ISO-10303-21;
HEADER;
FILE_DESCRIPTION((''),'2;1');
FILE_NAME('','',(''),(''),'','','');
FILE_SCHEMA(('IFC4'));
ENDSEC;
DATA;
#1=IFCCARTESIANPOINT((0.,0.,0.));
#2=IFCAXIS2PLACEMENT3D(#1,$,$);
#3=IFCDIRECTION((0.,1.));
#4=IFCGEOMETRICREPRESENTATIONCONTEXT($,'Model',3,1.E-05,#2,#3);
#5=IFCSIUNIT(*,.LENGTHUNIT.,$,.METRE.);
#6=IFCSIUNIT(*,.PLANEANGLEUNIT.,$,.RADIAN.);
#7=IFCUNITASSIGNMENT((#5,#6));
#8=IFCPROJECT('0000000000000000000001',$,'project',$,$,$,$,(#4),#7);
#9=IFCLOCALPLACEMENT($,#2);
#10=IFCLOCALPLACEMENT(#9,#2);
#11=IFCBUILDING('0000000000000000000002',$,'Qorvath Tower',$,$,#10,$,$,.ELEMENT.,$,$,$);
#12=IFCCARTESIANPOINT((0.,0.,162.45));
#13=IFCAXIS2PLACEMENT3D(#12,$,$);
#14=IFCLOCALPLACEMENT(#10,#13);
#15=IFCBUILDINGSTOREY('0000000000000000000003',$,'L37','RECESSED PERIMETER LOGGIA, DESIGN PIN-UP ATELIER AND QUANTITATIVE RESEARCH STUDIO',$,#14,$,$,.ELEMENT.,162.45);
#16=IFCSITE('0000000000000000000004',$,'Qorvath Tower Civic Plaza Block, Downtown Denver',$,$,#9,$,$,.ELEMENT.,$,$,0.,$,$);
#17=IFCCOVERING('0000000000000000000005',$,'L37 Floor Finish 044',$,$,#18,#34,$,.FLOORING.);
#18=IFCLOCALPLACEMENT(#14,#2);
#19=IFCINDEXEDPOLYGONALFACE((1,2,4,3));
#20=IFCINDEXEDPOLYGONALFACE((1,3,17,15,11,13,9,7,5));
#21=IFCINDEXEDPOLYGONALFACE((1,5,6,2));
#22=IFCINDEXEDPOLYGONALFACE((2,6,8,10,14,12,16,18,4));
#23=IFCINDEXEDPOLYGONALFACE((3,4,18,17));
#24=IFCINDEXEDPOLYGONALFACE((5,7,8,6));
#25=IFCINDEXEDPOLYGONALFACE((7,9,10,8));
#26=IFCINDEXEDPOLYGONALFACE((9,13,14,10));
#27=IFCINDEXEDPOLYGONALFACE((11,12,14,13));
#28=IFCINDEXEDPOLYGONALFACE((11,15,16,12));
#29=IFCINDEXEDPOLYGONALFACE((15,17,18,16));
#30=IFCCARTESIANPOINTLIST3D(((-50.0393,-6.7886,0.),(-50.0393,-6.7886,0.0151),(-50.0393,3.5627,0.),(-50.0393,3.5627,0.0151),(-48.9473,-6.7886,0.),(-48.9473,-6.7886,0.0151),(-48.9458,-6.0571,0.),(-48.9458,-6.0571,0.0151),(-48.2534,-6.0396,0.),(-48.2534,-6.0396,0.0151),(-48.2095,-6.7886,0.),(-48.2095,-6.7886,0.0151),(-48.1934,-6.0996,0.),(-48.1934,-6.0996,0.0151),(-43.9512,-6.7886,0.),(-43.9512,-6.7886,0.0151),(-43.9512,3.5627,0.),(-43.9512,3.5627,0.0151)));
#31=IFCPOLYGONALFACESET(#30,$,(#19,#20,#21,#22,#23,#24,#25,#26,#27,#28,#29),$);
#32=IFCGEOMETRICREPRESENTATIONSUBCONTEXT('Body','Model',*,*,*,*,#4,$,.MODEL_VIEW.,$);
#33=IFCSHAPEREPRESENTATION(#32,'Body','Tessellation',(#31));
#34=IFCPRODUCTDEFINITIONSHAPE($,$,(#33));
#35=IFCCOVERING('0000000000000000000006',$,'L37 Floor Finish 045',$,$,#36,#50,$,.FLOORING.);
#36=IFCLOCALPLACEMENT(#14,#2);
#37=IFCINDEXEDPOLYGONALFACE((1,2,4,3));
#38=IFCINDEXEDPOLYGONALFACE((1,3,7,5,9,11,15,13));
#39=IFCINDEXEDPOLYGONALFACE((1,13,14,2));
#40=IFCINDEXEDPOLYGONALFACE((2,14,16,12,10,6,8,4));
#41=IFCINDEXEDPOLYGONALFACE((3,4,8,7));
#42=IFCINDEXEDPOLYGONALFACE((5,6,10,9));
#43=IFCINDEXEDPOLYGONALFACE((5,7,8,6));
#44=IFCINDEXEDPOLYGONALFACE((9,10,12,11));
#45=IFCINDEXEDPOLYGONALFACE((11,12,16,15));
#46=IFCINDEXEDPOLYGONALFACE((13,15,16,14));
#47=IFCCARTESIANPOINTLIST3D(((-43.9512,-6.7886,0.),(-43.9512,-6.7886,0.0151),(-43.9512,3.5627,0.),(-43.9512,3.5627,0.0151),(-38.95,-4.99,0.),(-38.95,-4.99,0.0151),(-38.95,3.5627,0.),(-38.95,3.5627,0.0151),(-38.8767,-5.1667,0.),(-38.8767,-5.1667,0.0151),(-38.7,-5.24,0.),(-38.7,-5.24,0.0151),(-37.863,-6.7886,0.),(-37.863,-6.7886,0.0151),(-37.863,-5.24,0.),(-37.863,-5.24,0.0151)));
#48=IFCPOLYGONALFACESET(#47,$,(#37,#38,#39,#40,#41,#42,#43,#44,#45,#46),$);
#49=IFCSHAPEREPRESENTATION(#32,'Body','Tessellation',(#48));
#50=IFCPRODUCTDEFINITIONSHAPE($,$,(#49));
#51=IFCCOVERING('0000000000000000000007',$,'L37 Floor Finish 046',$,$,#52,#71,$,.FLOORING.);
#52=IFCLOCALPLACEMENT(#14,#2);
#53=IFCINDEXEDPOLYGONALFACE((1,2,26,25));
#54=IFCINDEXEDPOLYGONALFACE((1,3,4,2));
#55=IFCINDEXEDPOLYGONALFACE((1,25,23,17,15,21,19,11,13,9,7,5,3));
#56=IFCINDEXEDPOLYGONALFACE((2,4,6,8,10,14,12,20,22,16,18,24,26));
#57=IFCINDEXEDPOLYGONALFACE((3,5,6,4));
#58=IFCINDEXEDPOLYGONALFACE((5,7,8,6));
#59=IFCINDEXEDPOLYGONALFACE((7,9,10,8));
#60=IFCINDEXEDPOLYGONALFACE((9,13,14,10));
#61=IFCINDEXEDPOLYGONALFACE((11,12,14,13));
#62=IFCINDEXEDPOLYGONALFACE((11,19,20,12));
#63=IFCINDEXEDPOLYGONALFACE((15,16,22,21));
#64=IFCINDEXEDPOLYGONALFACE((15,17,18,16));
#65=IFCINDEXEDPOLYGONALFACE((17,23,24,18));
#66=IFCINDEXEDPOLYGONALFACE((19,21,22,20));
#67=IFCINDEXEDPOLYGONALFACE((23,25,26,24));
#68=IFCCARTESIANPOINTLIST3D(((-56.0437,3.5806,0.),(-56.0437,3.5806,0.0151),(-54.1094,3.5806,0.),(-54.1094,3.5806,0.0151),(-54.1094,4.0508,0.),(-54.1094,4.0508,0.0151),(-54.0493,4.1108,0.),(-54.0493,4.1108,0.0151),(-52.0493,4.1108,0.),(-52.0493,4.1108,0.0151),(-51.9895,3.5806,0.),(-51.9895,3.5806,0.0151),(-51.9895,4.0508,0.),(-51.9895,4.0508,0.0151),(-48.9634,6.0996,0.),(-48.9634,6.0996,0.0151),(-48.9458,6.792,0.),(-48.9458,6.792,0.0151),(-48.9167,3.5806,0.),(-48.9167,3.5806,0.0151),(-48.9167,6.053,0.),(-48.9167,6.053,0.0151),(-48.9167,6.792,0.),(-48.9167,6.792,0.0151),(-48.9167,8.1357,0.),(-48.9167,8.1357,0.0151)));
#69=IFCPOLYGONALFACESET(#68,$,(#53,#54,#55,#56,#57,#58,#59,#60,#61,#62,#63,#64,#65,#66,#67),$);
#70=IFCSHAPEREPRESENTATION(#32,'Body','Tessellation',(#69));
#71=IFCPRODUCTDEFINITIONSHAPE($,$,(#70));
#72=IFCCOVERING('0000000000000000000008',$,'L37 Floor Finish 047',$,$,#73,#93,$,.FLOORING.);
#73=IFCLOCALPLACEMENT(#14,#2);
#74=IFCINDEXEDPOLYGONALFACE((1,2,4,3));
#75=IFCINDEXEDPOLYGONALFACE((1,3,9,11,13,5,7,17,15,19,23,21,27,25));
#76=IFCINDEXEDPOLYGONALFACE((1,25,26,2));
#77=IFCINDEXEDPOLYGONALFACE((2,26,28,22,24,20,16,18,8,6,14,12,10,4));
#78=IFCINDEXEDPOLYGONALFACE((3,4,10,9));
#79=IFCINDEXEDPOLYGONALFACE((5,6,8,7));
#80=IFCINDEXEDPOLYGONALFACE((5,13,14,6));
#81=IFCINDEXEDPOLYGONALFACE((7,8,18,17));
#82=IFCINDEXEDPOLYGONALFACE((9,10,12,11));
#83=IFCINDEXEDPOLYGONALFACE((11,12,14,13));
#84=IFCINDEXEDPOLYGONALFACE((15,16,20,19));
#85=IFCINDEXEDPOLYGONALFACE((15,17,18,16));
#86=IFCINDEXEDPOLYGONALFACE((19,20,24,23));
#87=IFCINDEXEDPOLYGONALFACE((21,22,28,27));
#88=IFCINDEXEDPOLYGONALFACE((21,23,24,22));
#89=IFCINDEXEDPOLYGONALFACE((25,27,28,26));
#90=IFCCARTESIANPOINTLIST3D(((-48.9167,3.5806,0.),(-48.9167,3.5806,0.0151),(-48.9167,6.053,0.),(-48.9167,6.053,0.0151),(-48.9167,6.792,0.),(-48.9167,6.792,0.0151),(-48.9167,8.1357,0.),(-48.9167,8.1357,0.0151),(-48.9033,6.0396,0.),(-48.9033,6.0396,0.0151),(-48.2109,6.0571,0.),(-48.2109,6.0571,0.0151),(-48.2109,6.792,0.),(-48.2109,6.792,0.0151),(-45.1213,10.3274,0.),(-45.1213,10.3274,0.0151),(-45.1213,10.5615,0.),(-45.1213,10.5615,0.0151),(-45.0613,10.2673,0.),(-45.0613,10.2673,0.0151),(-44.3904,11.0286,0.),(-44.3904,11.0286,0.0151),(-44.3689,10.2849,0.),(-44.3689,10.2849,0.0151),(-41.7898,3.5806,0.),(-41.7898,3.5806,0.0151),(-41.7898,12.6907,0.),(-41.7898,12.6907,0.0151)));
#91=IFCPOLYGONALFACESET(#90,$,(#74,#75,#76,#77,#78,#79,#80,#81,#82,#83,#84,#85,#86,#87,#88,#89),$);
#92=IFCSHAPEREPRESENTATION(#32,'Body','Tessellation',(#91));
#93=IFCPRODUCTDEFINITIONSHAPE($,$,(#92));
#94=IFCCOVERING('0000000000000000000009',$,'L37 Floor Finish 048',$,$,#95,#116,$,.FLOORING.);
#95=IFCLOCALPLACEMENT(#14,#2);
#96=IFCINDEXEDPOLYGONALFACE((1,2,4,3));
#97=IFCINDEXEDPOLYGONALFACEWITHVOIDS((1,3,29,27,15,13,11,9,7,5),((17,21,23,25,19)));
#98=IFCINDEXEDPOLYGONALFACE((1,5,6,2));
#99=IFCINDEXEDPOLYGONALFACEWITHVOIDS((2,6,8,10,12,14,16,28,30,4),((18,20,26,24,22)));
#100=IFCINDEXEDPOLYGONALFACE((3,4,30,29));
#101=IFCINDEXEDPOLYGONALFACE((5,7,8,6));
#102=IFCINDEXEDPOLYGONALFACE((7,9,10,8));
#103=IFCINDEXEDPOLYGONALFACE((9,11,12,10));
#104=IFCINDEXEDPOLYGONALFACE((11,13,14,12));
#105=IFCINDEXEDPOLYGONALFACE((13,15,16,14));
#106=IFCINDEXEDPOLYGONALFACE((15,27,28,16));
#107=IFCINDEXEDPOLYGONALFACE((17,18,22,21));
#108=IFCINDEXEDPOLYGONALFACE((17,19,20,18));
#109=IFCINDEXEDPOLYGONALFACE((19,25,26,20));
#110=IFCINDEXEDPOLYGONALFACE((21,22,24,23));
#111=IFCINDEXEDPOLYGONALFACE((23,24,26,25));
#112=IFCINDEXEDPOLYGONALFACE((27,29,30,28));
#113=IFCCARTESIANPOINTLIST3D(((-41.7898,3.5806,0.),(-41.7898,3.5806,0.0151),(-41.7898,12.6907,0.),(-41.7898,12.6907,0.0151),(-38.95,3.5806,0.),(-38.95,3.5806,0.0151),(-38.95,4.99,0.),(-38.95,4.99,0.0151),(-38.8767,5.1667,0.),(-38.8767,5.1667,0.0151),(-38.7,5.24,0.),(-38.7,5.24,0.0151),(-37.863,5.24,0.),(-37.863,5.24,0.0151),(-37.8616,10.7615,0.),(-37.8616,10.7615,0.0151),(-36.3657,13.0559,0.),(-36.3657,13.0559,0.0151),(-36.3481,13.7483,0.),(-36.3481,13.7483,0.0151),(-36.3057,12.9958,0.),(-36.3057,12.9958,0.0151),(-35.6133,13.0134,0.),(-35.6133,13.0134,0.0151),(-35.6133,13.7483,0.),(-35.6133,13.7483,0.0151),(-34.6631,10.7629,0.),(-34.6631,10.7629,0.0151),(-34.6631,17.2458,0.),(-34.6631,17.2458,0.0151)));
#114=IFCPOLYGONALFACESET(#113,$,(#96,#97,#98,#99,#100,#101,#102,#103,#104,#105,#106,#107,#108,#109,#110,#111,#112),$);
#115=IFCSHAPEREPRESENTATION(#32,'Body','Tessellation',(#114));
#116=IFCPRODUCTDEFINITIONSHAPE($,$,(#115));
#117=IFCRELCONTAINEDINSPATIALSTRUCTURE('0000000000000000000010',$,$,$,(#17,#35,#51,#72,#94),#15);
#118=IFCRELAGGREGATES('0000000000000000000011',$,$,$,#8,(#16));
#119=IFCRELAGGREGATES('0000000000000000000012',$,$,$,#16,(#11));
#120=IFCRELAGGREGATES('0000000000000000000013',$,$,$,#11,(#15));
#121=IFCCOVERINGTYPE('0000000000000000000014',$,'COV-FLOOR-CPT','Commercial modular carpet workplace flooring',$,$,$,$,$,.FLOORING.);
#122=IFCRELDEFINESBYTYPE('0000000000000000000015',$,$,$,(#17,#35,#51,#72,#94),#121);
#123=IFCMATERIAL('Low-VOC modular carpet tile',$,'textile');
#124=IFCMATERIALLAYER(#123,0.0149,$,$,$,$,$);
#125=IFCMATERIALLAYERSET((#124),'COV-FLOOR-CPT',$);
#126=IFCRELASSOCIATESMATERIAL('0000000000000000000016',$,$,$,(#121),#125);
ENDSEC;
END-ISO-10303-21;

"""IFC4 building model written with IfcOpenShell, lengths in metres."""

from ifc_helpers import new_model, si_unit, direction, frame, origin, place, context, subcontext, project, spatial, polyline, outline, extrude, material, layer, layer_set, type_object, element, save


model = new_model("IFC4")

# Units and contexts
model_context = context("Model", 3, precision=1e-05, world=origin(), true_north=direction((0.0, 1.0)))
body_context = subcontext(model_context, "Body", "Model", "MODEL_VIEW")
ifc_project = project(units=[si_unit("LENGTHUNIT", "METRE"), si_unit("PLANEANGLEUNIT", "RADIAN")], contexts=[model_context])

# Site, building, storey
site_placement = place(None, origin())
site = spatial("IfcSite", under=ifc_project, at=site_placement, Name="Qorvath Tower Civic Plaza Block, Downtown Denver", CompositionType="ELEMENT", RefElevation=0.0)
building_placement = place(site_placement, origin())
building = spatial("IfcBuilding", under=site, at=building_placement, Name="Qorvath Tower", CompositionType="ELEMENT")
storey_placement = place(building_placement, frame((0.0, 0.0, 162.45)))
storey = spatial("IfcBuildingStorey", under=building, at=storey_placement, Name="L37", Description="RECESSED PERIMETER LOGGIA, DESIGN PIN-UP ATELIER AND QUANTITATIVE RESEARCH STUDIO", CompositionType="ELEMENT", Elevation=162.45)

# Coverings
ifc_material_1 = material(Name="Low-VOC modular carpet tile", Category="textile")
ifc_layer_1 = layer(ifc_material_1, 0.0149)
ifc_layer_set_1 = layer_set([ifc_layer_1], Name="COV-FLOOR-CPT")
covering_type_1 = type_object("IfcCoveringType", Name="COV-FLOOR-CPT", Description="Commercial modular carpet workplace flooring", PredefinedType="FLOORING", material=ifc_layer_set_1)
covering_1_placement = place(storey_placement, origin())
element("IfcCovering", 1, at=covering_1_placement, inside=storey, type_object=covering_type_1, Name="L37 Floor Finish 044", PredefinedType="FLOORING", context=body_context, shape_type="SweptSolid", body=[
    extrude(outline(polyline([(-50.0393, 3.5627), (-50.0393, -6.7886), (-48.9473, -6.7886), (-48.9458, -6.0571), (-48.2534, -6.0396), (-48.1934, -6.0996), (-48.2095, -6.7886), (-43.9512, -6.7886), (-43.9512, 3.5627), (-50.0393, 3.5627)])), origin(), (0.0, 0.0, 1.0), 0.0151),
])
covering_2_placement = place(storey_placement, origin())
element("IfcCovering", 2, at=covering_2_placement, inside=storey, type_object=covering_type_1, Name="L37 Floor Finish 045", PredefinedType="FLOORING", context=body_context, shape_type="SweptSolid", body=[
    extrude(outline(polyline([(-43.9512, 3.5627), (-43.9512, -6.7886), (-37.863, -6.7886), (-37.863, -5.24), (-38.7, -5.24), (-38.8767, -5.1667), (-38.95, -4.99), (-38.95, 3.5627), (-43.9512, 3.5627)])), origin(), (0.0, 0.0, 1.0), 0.0151),
])
covering_3_placement = place(storey_placement, origin())
element("IfcCovering", 3, at=covering_3_placement, inside=storey, type_object=covering_type_1, Name="L37 Floor Finish 046", PredefinedType="FLOORING", context=body_context, shape_type="SweptSolid", body=[
    extrude(outline(polyline([(-48.9167, 3.5806), (-48.9167, 6.053), (-48.9634, 6.0996), (-48.9458, 6.792), (-48.9167, 6.792), (-48.9167, 8.1357), (-56.0437, 3.5806), (-54.1094, 3.5806), (-54.1094, 4.0508), (-54.0493, 4.1108), (-52.0493, 4.1108), (-51.9895, 4.0508), (-51.9895, 3.5806), (-48.9167, 3.5806)])), origin(), (0.0, 0.0, 1.0), 0.0151),
])
covering_4_placement = place(storey_placement, origin())
element("IfcCovering", 4, at=covering_4_placement, inside=storey, type_object=covering_type_1, Name="L37 Floor Finish 047", PredefinedType="FLOORING", context=body_context, shape_type="SweptSolid", body=[
    extrude(outline(polyline([(-41.7898, 3.5806), (-41.7898, 12.6907), (-44.3904, 11.0286), (-44.3689, 10.2849), (-45.0613, 10.2673), (-45.1213, 10.3274), (-45.1213, 10.5615), (-48.9167, 8.1357), (-48.9167, 6.792), (-48.2109, 6.792), (-48.2109, 6.0571), (-48.9033, 6.0396), (-48.9167, 6.053), (-48.9167, 3.5806), (-41.7898, 3.5806)])), origin(), (0.0, 0.0, 1.0), 0.0151),
])
covering_5_placement = place(storey_placement, origin())
element("IfcCovering", 5, at=covering_5_placement, inside=storey, type_object=covering_type_1, Name="L37 Floor Finish 048", PredefinedType="FLOORING", context=body_context, shape_type="SweptSolid", body=[
    extrude(outline(polyline([(-34.6631, 10.7629), (-34.6631, 17.2458), (-41.7898, 12.6907), (-41.7898, 3.5806), (-38.95, 3.5806), (-38.95, 4.99), (-38.8767, 5.1667), (-38.7, 5.24), (-37.863, 5.24), (-37.8616, 10.7615), (-34.6631, 10.7629)]), holes=[polyline([(-36.3657, 13.0559), (-36.3481, 13.7483), (-35.6133, 13.7483), (-35.6133, 13.0134), (-36.3057, 12.9958), (-36.3657, 13.0559)])]), origin(), (0.0, 0.0, 1.0), 0.0151),
])

save(model, "model.ifc")
